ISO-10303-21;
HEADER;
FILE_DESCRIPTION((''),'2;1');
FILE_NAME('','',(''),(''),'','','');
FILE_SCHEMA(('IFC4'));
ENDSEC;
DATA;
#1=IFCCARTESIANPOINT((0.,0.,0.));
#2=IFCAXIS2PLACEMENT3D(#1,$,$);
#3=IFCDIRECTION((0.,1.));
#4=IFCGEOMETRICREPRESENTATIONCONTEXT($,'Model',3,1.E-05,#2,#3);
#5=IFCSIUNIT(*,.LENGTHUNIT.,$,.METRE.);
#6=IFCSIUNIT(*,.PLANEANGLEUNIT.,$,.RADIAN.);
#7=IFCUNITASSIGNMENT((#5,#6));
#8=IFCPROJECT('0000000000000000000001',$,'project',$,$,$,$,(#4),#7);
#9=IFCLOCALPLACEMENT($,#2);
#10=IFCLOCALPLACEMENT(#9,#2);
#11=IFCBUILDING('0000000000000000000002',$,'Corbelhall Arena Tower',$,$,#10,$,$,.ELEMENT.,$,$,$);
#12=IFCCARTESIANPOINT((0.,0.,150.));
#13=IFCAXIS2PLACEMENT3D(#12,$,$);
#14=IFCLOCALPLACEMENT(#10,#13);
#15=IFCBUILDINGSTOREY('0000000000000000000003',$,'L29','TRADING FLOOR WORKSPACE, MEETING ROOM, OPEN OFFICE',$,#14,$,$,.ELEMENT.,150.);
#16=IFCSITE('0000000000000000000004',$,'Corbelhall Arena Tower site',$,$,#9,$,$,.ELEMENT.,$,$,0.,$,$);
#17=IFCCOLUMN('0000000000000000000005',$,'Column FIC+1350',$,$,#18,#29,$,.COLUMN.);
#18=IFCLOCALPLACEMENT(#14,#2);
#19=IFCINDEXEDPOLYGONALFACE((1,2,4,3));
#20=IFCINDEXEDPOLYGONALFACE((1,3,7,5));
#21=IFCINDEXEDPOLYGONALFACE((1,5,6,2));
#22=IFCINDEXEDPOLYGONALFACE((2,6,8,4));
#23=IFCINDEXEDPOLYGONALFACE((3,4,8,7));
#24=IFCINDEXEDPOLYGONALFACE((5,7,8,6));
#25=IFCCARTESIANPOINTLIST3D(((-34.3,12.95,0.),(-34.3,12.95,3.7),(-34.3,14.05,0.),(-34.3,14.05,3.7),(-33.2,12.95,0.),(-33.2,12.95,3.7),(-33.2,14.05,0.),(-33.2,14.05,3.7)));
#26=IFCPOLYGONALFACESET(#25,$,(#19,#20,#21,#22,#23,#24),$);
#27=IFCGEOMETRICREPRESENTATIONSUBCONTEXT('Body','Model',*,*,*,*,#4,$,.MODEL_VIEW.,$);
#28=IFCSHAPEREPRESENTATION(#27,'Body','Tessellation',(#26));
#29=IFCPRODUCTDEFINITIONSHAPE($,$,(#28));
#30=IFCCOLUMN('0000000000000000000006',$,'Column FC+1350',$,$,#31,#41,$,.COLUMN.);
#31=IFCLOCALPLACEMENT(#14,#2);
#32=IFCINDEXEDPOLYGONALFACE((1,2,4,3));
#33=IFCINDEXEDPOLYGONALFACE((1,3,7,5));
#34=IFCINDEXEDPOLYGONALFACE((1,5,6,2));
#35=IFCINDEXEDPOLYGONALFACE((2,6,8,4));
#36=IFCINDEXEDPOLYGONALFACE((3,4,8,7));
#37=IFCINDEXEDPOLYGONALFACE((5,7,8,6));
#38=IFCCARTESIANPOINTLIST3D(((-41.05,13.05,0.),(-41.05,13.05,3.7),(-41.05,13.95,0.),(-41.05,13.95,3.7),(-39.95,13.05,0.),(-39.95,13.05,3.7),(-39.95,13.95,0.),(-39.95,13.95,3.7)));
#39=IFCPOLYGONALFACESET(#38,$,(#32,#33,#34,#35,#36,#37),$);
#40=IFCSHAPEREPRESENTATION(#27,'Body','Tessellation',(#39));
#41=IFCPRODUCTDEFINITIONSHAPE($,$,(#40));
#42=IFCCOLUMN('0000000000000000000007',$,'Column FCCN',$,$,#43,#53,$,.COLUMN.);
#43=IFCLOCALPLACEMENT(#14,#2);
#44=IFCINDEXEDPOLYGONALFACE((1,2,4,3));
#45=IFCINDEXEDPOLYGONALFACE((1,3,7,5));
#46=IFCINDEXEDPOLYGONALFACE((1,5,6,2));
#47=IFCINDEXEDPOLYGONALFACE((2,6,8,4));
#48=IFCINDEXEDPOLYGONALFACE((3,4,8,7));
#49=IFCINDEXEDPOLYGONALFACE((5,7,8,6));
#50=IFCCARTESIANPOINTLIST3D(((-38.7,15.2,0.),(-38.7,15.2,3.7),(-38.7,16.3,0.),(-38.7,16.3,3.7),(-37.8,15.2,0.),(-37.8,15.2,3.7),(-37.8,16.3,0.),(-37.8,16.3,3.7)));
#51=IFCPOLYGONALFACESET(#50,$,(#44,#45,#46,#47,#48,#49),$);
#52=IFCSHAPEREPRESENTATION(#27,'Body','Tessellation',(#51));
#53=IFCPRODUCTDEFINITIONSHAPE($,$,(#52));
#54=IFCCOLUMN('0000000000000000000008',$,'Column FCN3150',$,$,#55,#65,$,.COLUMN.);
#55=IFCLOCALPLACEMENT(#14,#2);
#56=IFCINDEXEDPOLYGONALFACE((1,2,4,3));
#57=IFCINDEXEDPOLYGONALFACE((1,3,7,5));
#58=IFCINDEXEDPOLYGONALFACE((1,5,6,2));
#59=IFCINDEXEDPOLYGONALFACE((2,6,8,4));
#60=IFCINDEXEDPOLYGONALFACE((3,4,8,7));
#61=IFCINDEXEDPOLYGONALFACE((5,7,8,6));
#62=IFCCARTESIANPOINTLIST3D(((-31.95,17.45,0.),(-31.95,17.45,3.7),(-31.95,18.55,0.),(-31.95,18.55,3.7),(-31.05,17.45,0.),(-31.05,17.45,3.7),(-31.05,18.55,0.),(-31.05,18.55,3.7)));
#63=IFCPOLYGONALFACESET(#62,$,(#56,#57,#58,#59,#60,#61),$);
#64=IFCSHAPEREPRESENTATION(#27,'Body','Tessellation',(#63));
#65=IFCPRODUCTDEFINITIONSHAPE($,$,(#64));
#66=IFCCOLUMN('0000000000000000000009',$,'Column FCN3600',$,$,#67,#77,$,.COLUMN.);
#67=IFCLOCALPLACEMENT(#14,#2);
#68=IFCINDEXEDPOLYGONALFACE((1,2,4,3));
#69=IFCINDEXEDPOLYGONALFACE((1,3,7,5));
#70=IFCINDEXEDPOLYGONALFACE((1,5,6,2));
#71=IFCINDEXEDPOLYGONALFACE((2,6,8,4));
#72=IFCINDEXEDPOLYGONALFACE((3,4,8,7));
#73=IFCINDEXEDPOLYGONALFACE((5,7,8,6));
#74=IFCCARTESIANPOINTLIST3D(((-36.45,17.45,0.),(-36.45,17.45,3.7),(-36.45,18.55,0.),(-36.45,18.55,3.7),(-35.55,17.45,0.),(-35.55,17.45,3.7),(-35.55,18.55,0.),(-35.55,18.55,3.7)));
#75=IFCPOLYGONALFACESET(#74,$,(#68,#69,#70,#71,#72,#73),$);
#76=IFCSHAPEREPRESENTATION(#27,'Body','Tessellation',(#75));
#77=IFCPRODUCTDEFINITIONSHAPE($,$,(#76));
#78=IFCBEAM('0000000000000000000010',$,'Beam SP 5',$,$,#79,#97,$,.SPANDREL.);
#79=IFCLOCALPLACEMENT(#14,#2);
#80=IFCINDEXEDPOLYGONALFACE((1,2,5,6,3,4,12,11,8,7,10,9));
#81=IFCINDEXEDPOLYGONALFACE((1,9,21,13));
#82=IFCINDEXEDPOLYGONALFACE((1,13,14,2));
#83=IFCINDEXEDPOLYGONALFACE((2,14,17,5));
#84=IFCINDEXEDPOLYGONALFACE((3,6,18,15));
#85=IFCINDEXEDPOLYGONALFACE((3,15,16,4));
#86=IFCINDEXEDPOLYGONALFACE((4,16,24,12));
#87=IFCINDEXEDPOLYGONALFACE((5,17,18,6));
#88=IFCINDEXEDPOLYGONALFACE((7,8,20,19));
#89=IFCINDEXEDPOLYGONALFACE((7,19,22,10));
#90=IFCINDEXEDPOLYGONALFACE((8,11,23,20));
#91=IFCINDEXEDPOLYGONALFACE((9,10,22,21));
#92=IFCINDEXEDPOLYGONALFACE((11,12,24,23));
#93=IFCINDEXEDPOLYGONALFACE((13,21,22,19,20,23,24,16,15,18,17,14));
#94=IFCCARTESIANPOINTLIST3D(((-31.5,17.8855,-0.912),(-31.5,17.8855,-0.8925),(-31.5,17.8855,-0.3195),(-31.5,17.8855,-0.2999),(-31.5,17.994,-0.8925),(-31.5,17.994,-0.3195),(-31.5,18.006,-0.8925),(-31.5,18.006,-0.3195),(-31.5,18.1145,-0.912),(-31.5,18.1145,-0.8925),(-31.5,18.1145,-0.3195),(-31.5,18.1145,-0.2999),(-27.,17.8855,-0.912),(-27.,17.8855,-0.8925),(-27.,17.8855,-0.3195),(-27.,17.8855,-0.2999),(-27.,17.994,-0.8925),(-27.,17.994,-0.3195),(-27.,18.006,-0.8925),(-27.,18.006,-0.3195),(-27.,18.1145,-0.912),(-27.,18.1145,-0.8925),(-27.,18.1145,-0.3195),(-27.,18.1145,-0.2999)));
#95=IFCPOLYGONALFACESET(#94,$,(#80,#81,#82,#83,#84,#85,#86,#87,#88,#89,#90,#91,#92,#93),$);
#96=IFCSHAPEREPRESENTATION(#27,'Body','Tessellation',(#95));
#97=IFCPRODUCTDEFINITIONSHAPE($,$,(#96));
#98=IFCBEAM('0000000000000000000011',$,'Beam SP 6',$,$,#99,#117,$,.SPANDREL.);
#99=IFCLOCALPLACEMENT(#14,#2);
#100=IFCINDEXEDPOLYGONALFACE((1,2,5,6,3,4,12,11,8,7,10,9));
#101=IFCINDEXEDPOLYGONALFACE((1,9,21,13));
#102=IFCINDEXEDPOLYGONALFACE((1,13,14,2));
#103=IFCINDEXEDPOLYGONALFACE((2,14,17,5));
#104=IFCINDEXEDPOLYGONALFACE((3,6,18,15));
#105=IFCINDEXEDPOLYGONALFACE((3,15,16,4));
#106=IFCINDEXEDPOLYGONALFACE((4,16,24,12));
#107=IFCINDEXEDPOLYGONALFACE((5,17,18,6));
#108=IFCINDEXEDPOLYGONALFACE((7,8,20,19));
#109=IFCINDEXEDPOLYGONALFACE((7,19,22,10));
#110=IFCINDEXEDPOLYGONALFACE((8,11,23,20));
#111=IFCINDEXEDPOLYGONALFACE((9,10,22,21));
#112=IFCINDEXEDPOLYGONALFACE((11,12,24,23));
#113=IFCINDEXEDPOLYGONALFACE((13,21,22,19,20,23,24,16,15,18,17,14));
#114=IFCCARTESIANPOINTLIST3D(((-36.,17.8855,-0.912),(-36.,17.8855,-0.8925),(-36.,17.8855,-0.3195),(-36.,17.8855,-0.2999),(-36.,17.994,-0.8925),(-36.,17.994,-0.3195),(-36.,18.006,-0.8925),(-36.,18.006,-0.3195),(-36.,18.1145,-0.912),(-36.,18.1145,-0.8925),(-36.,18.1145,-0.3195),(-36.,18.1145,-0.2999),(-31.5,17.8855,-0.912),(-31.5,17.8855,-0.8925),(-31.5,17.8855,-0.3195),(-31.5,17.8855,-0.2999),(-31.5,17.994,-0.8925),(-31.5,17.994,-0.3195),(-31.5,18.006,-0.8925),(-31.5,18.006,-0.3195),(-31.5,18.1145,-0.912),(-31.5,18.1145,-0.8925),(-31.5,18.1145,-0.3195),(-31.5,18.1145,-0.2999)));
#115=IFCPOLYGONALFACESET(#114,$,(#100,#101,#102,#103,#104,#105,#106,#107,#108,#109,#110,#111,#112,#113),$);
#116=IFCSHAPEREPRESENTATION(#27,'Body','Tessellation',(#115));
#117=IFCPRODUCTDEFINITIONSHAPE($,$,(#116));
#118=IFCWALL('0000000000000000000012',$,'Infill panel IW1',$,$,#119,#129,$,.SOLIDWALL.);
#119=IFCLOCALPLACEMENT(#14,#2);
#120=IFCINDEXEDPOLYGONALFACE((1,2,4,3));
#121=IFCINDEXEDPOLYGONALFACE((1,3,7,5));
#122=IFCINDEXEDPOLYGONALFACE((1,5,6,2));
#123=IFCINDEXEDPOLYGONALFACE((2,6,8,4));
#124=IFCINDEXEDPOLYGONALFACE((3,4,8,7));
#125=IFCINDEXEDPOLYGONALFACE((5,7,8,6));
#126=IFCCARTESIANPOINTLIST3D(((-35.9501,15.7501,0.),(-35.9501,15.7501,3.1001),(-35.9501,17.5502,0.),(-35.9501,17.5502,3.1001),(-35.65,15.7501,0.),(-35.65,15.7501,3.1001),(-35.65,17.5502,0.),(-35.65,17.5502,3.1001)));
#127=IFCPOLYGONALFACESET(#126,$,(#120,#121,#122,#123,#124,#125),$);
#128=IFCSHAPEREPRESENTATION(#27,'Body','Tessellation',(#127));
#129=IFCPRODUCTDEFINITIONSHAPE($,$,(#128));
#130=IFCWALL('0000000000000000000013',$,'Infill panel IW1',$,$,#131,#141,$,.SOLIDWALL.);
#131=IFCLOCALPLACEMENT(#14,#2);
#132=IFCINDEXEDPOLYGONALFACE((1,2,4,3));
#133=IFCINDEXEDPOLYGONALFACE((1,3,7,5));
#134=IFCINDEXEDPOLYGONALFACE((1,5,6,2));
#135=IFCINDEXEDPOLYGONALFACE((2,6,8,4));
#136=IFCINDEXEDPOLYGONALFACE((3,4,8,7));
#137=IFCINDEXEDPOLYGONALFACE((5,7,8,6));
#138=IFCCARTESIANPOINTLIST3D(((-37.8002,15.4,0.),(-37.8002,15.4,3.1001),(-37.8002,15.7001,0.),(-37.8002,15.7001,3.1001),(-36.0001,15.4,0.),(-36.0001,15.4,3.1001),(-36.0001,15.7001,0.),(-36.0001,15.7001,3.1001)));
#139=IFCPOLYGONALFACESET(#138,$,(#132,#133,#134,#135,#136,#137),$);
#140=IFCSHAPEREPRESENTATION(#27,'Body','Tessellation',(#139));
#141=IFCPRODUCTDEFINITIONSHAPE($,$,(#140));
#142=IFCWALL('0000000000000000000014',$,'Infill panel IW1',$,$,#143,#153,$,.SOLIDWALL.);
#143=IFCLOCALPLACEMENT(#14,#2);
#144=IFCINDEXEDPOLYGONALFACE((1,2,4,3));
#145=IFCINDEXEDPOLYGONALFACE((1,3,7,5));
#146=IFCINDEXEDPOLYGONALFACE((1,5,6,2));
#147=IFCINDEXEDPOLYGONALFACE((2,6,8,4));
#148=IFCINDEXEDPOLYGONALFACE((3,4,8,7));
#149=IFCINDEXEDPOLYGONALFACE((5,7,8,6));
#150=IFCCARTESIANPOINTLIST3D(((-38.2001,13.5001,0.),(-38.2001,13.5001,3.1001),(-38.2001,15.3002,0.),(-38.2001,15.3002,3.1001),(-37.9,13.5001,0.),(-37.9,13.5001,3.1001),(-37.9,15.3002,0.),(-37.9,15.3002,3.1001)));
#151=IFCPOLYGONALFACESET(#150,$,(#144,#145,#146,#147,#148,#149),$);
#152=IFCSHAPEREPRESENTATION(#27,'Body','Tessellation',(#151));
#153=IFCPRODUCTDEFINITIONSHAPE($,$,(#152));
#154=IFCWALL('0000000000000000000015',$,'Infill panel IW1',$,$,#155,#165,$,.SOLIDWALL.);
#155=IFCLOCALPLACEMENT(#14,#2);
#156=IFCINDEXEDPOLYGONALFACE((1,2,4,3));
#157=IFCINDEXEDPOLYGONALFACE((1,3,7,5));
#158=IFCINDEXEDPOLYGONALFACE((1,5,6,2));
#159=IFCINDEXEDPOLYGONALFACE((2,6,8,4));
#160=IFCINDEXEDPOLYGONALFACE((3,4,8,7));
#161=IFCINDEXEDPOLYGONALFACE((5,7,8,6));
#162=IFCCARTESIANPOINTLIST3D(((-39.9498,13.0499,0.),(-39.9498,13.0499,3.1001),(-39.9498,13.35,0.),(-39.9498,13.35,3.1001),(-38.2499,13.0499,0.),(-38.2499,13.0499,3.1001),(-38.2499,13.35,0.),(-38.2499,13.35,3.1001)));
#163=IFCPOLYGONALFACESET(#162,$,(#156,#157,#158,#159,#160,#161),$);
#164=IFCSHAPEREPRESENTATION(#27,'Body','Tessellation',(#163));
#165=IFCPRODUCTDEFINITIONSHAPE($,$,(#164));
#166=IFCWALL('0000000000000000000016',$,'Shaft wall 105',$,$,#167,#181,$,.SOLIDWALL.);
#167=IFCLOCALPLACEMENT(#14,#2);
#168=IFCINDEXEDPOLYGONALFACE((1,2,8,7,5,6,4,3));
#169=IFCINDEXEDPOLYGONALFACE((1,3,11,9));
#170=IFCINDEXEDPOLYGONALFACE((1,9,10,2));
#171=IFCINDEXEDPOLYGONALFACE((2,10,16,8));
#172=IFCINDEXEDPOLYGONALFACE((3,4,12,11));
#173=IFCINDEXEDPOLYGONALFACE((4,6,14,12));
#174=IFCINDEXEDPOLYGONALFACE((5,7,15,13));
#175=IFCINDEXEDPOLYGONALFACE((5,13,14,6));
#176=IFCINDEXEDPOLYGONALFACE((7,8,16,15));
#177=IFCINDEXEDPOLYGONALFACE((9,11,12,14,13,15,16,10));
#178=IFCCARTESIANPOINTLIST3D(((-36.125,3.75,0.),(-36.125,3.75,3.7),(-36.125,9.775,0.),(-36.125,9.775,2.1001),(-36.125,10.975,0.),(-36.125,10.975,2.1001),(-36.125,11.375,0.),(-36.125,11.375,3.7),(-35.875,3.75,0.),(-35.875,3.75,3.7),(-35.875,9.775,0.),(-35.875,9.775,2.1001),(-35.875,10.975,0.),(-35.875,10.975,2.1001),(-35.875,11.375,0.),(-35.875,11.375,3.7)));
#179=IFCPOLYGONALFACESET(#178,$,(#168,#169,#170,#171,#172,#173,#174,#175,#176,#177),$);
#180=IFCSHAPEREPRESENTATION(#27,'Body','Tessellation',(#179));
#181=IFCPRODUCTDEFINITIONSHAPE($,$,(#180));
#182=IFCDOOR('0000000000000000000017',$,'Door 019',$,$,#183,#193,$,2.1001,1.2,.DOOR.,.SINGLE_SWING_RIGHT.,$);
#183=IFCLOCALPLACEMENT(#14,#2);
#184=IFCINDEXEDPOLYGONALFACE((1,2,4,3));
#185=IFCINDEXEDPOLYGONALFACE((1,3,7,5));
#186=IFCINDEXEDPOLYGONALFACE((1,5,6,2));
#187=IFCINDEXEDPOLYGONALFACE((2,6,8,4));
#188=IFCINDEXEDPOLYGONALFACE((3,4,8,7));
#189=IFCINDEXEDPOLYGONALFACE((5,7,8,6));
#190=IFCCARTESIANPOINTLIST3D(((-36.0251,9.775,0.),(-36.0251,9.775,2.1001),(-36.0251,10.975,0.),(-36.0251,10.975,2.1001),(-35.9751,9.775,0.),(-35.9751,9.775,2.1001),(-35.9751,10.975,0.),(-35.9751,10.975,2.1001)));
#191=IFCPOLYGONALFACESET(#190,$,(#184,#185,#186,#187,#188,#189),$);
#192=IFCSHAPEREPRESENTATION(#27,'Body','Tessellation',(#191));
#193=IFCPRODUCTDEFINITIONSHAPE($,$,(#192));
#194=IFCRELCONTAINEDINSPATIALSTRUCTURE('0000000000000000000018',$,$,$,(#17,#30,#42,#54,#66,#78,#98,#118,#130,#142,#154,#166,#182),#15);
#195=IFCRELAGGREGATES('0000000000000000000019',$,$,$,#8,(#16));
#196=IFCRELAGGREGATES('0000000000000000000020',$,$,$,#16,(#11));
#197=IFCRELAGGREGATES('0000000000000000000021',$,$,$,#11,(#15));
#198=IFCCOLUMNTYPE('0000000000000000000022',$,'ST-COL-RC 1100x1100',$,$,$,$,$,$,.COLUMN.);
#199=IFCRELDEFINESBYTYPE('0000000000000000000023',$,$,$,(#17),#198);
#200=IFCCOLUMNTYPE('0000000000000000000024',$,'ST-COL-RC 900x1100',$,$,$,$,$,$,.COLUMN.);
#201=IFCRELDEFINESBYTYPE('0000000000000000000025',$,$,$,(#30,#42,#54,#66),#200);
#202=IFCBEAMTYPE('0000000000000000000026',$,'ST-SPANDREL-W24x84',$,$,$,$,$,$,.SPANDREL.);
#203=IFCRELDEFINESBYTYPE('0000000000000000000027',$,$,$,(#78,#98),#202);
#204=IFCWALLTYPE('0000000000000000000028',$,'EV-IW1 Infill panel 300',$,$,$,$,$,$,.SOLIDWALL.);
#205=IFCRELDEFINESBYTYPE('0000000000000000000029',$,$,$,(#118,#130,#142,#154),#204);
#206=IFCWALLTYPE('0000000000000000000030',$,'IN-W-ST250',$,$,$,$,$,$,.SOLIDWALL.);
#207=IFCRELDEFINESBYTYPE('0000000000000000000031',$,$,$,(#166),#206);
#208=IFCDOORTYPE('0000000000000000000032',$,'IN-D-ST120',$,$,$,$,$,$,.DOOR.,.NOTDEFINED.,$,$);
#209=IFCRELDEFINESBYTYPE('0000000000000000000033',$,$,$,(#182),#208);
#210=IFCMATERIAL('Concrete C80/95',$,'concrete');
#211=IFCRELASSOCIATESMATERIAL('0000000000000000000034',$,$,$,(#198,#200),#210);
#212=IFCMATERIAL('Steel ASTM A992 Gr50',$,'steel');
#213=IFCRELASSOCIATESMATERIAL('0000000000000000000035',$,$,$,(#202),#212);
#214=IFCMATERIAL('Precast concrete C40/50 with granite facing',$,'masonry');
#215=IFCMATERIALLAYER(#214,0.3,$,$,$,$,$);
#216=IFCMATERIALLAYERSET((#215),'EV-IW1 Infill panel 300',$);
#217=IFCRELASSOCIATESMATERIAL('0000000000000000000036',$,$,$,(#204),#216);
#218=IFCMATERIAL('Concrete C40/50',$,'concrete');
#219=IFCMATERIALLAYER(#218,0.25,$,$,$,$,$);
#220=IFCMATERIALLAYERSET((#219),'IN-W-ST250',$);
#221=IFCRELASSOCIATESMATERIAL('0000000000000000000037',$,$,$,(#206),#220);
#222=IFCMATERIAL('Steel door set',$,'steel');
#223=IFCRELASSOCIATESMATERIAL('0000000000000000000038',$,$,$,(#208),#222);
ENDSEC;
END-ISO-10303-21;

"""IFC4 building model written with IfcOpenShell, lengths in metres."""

from ifc_helpers import new_model, si_unit, direction, frame, frame_2d, origin, origin_2d, place, context, subcontext, project, spatial, rectangle, i_section, extrude, material, layer, layer_set, material_profile, profile_set, type_object, element, fill, save


model = new_model("IFC4")

# Units and contexts
model_context = context("Model", 3, precision=1e-05, world=origin(), true_north=direction((0.0, 1.0)))
body_context = subcontext(model_context, "Body", "Model", "MODEL_VIEW")
ifc_project = project(units=[si_unit("LENGTHUNIT", "METRE"), si_unit("PLANEANGLEUNIT", "RADIAN")], contexts=[model_context])

# Site, building, storey
site_placement = place(None, origin())
site = spatial("IfcSite", under=ifc_project, at=site_placement, Name="Corbelhall Arena Tower site", CompositionType="ELEMENT", RefElevation=0.0)
building_placement = place(site_placement, origin())
building = spatial("IfcBuilding", under=site, at=building_placement, Name="Corbelhall Arena Tower", CompositionType="ELEMENT")
storey_placement = place(building_placement, frame((0.0, 0.0, 150.0)))
storey = spatial("IfcBuildingStorey", under=building, at=storey_placement, Name="L29", Description="TRADING FLOOR WORKSPACE, MEETING ROOM, OPEN OFFICE", CompositionType="ELEMENT", Elevation=150.0)

# Columns
ifc_material_1 = material(Name="Concrete C80/95", Category="concrete")
ifc_material_profile_1 = material_profile(ifc_material_1, rectangle(XDim=1.1001, YDim=1.1001, at=origin_2d()))
ifc_profile_set_1 = profile_set([ifc_material_profile_1], Name="Concrete C80/95")
column_type_1 = type_object("IfcColumnType", Name="ST-COL-RC 1100x1100", PredefinedType="COLUMN", material=ifc_profile_set_1)
column_placement = place(storey_placement, frame((-33.75, 13.5, 0.0), z_axis=(0.0, 0.0, 1.0), x_axis=(1.0, 0.0, 0.0)))
element("IfcColumn", 1, at=column_placement, inside=storey, type_object=column_type_1, Name="Column FIC+1350", PredefinedType="COLUMN", context=body_context, shape_type="SweptSolid", body=[
    extrude(rectangle(XDim=1.1001, YDim=1.1001, at=origin_2d()), origin(), (0.0, 0.0, 1.0), 3.7),
])
ifc_material_profile_2 = material_profile(ifc_material_1, rectangle(XDim=0.8999, YDim=1.1001, at=origin_2d()))
ifc_profile_set_2 = profile_set([ifc_material_profile_2], Name="Concrete C80/95")
column_type_2 = type_object("IfcColumnType", Name="ST-COL-RC 900x1100", PredefinedType="COLUMN", material=ifc_profile_set_2)
for number, where, z_axis, x_axis, name in (
    (2, (-40.5, 13.5, 0.0), (0.0, 0.0, 1.0), (0.0, 1.0, 0.0), "Column FC+1350"),
    (3, (-38.25, 15.75, 0.0), (0.0, 0.0, 1.0), (1.0, 0.0, 0.0), "Column FCCN"),
    (4, (-31.5, 18.0, 0.0), (0.0, 0.0, 1.0), (1.0, 0.0, 0.0), "Column FCN3150"),
    (5, (-36.0, 18.0, 0.0), (0.0, 0.0, 1.0), (1.0, 0.0, 0.0), "Column FCN3600"),
):
    element("IfcColumn", number, at=place(storey_placement, frame(where, z_axis=z_axis, x_axis=x_axis)), inside=storey, type_object=column_type_2, Name=name, PredefinedType="COLUMN", context=body_context, shape_type="SweptSolid", body=[
        extrude(rectangle(XDim=0.8999, YDim=1.1001, at=origin_2d()), origin(), (0.0, 0.0, 1.0), 3.7),
    ])

# Beams
ifc_material_2 = material(Name="Steel ASTM A992 Gr50", Category="steel")
ifc_material_profile_3 = material_profile(ifc_material_2, i_section(OverallWidth=0.229, OverallDepth=0.6121, WebThickness=0.012, FlangeThickness=0.0195, at=origin_2d()))
ifc_profile_set_3 = profile_set([ifc_material_profile_3], Name="Steel ASTM A992 Gr50")
beam_type = type_object("IfcBeamType", Name="ST-SPANDREL-W24x84", PredefinedType="SPANDREL", material=ifc_profile_set_3)
for number, where, z_axis, x_axis, name in (
    (6, (-31.5, 18.0, -0.606), (1.0, 0.0, 0.0), (0.0, 1.0, 0.0), "Beam SP 5"),
    (7, (-36.0, 18.0, -0.606), (1.0, 0.0, 0.0), (0.0, 1.0, 0.0), "Beam SP 6"),
):
    element("IfcBeam", number, at=place(storey_placement, frame(where, z_axis=z_axis, x_axis=x_axis)), inside=storey, type_object=beam_type, Name=name, PredefinedType="SPANDREL", context=body_context, shape_type="SweptSolid", body=[
        extrude(i_section(OverallWidth=0.229, OverallDepth=0.6121, WebThickness=0.012, FlangeThickness=0.0195, at=origin_2d()), origin(), (0.0, 0.0, 1.0), 4.5),
    ])

# Walls
ifc_material_3 = material(Name="Precast concrete C40/50 with granite facing", Category="masonry")
ifc_layer_1 = layer(ifc_material_3, 0.3)
ifc_layer_set_1 = layer_set([ifc_layer_1], Name="EV-IW1 Infill panel 300")
wall_type_1 = type_object("IfcWallType", Name="EV-IW1 Infill panel 300", PredefinedType="SOLIDWALL", material=ifc_layer_set_1)
for number, where, z_axis, x_axis, name in (
    (8, (-35.8, 17.55, 0.0), (0.0, 0.0, 1.0), (0.0, -1.0, 0.0), "Infill panel IW1"),
    (9, (-37.8, 15.55, 0.0), (0.0, 0.0, 1.0), (1.0, 0.0, 0.0), "Infill panel IW1"),
    (10, (-38.05, 15.3, 0.0), (0.0, 0.0, 1.0), (0.0, -1.0, 0.0), "Infill panel IW1"),
):
    element("IfcWall", number, at=place(storey_placement, frame(where, z_axis=z_axis, x_axis=x_axis)), inside=storey, type_object=wall_type_1, Name=name, PredefinedType="SOLIDWALL", context=body_context, shape_type="SweptSolid", body=[
        extrude(rectangle(XDim=1.8, YDim=0.3, at=frame_2d((0.8999, 0.0))), origin(), (0.0, 0.0, 1.0), 3.1001),
    ])
wall_1_placement = place(storey_placement, frame((-39.95, 13.2, 0.0), z_axis=(0.0, 0.0, 1.0), x_axis=(1.0, 0.0, 0.0)))
element("IfcWall", 11, at=wall_1_placement, inside=storey, type_object=wall_type_1, Name="Infill panel IW1", PredefinedType="SOLIDWALL", context=body_context, shape_type="SweptSolid", body=[
    extrude(rectangle(XDim=1.7, YDim=0.3, at=frame_2d((0.8501, 0.0))), origin(), (0.0, 0.0, 1.0), 3.1001),
])

# Wall, opening, door
ifc_material_4 = material(Name="Concrete C40/50", Category="concrete")
ifc_layer_2 = layer(ifc_material_4, 0.25)
ifc_layer_set_2 = layer_set([ifc_layer_2], Name="IN-W-ST250")
wall_type_2 = type_object("IfcWallType", Name="IN-W-ST250", PredefinedType="SOLIDWALL", material=ifc_layer_set_2)
wall_2_placement = place(storey_placement, frame((-36.0, 11.375, 0.0), z_axis=(0.0, 0.0, 1.0), x_axis=(0.0, -1.0, 0.0)))
wall_2 = element("IfcWall", 12, at=wall_2_placement, inside=storey, type_object=wall_type_2, Name="Shaft wall 105", PredefinedType="SOLIDWALL", context=body_context, shape_type="SweptSolid", body=[
    extrude(rectangle(XDim=7.625, YDim=0.25, at=frame_2d((3.8125, 0.0))), origin(), (0.0, 0.0, 1.0), 3.7),
])
opening_1_placement = place(wall_2_placement, frame((0.3999, 0.0, 0.0)))
opening_1 = element("IfcOpeningElement", 13, at=opening_1_placement, cuts=wall_2, PredefinedType="OPENING", context=body_context, shape_type="SweptSolid", body=[
    extrude(rectangle(XDim=1.2, YDim=2.1001, at=frame_2d((0.6001, 1.05))), frame((0.0, 0.125, 0.0), z_axis=(0.0, -1.0, 0.0), x_axis=(1.0, 0.0, 0.0)), (0.0, 0.0, 1.0), 0.25),
])
ifc_material_5 = material(Name="Steel door set", Category="steel")
door_type = type_object("IfcDoorType", Name="IN-D-ST120", OperationType="NOTDEFINED", PredefinedType="DOOR", material=ifc_material_5)
door_placement = place(opening_1_placement, origin())
door = element("IfcDoor", 14, at=door_placement, inside=storey, type_object=door_type, Name="Door 019", OperationType="SINGLE_SWING_RIGHT", OverallHeight=2.1001, OverallWidth=1.2, PredefinedType="DOOR", context=body_context, shape_type="SweptSolid", body=[
    extrude(rectangle(XDim=1.2, YDim=2.1001, at=frame_2d((0.6001, 1.05))), frame((0.0, 0.0249, 0.0), z_axis=(0.0, -1.0, 0.0), x_axis=(1.0, 0.0, 0.0)), (0.0, 0.0, 1.0), 0.05),
])
fill(opening_1, door)

save(model, "model.ifc")
